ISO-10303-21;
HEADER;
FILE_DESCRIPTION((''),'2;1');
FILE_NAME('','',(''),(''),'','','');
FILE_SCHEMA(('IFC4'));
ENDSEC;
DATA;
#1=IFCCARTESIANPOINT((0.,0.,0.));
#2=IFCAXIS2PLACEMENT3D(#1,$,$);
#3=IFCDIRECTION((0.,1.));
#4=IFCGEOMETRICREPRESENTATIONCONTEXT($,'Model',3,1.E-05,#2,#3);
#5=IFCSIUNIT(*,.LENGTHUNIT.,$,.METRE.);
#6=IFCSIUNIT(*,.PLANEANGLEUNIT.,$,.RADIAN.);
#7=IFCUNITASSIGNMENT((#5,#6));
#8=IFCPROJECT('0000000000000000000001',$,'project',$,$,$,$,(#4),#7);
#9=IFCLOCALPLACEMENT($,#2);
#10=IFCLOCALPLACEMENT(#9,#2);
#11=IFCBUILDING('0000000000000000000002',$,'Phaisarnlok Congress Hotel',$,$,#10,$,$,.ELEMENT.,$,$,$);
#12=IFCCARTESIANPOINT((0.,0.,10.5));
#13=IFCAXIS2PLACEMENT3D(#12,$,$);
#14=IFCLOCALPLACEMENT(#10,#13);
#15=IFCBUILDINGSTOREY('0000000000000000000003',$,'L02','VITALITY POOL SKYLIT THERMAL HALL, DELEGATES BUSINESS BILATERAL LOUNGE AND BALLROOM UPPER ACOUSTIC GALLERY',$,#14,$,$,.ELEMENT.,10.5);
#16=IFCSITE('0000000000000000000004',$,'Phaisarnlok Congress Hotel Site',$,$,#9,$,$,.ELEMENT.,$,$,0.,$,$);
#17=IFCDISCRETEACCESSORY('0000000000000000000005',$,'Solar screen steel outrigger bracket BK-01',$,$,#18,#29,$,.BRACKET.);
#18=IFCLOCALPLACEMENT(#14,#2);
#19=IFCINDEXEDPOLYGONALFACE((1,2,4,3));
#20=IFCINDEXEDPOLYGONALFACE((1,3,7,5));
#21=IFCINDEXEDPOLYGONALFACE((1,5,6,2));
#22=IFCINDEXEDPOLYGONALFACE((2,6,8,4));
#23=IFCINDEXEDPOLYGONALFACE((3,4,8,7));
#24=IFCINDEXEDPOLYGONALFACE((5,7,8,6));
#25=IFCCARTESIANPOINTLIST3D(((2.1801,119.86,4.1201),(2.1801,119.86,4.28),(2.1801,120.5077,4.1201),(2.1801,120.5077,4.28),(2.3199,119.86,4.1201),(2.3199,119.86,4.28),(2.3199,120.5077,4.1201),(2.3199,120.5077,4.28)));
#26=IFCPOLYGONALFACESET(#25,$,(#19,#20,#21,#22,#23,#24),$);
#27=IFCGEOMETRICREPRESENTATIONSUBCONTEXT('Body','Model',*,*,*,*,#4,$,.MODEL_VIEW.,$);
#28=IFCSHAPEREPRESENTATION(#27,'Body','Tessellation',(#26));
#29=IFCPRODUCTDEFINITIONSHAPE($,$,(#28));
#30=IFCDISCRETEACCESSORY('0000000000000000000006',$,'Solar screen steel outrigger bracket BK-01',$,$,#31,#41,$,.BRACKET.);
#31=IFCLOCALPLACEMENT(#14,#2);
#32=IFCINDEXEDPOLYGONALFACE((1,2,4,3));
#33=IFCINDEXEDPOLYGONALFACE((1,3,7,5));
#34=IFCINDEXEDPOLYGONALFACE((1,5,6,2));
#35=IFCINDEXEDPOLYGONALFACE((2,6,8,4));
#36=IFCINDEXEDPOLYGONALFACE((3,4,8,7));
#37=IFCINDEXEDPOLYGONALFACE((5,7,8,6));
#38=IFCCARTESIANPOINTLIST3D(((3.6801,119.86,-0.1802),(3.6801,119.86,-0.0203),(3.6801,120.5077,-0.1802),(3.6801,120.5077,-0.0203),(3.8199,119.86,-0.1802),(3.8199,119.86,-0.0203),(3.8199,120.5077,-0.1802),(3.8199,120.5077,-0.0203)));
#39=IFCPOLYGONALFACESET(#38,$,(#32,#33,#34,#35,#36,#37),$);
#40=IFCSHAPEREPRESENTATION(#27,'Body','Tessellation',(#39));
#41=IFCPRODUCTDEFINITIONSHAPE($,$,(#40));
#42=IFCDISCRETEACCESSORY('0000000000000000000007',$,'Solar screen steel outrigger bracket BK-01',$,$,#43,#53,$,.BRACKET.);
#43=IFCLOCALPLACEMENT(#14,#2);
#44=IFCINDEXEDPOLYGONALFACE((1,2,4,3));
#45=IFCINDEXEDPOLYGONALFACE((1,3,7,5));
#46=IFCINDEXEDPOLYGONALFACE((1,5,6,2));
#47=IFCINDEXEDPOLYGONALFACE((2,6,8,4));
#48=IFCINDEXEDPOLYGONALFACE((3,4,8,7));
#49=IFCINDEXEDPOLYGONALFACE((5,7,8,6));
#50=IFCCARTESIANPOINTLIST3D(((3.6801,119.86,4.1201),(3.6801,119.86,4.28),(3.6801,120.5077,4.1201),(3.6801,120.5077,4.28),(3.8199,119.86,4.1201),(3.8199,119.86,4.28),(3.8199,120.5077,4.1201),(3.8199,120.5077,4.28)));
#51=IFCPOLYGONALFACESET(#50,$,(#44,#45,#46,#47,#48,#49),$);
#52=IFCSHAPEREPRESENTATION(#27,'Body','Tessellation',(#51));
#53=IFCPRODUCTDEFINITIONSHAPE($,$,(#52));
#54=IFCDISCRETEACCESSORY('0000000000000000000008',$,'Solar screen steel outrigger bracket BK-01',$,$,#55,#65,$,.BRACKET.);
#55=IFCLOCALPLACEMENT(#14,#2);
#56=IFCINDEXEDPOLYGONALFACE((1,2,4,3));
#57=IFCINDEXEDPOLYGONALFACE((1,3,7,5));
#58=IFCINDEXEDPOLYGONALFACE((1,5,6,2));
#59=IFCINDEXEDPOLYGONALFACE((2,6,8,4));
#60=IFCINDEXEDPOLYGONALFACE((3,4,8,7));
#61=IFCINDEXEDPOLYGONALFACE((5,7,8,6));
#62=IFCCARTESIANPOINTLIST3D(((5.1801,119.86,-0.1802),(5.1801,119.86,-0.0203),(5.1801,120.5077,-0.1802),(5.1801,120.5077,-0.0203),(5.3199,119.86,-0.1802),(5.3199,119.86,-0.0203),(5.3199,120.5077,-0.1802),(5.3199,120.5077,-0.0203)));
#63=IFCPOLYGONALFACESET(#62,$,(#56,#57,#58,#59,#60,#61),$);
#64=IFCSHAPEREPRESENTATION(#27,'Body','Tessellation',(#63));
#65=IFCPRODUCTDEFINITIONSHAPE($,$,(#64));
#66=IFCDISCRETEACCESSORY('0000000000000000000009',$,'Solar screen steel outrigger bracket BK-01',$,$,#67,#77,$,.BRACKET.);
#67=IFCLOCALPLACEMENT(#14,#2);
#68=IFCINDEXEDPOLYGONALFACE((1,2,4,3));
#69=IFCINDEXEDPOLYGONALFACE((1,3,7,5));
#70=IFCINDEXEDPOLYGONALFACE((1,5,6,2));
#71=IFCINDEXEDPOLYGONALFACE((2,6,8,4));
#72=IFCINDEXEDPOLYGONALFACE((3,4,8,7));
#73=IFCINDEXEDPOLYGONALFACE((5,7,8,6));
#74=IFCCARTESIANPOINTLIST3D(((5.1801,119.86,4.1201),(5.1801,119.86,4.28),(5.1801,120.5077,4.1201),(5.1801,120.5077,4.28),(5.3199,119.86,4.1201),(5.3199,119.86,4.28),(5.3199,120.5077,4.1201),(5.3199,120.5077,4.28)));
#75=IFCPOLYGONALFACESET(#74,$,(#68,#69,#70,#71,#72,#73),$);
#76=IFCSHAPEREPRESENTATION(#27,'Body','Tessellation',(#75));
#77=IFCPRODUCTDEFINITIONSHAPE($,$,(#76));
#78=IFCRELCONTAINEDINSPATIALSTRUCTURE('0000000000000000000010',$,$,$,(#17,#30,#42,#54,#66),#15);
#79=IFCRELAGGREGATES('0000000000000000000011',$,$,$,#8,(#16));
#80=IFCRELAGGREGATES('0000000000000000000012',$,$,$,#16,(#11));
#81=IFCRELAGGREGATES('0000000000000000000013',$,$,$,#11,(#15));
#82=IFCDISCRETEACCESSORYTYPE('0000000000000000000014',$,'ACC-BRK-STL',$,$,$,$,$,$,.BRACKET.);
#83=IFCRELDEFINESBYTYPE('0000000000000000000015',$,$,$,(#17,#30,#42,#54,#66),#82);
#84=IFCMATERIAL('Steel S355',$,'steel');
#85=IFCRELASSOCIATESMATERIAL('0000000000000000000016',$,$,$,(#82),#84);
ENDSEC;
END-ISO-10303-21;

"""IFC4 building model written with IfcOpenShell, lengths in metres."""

from ifc_helpers import new_model, si_unit, direction, frame, origin, origin_2d, place, context, subcontext, project, spatial, rectangle, extrude, material, type_object, element, save


model = new_model("IFC4")

# Units and contexts
model_context = context("Model", 3, precision=1e-05, world=origin(), true_north=direction((0.0, 1.0)))
body_context = subcontext(model_context, "Body", "Model", "MODEL_VIEW")
ifc_project = project(units=[si_unit("LENGTHUNIT", "METRE"), si_unit("PLANEANGLEUNIT", "RADIAN")], contexts=[model_context])

# Site, building, storey
site_placement = place(None, origin())
site = spatial("IfcSite", under=ifc_project, at=site_placement, Name="Phaisarnlok Congress Hotel Site", CompositionType="ELEMENT", RefElevation=0.0)
building_placement = place(site_placement, origin())
building = spatial("IfcBuilding", under=site, at=building_placement, Name="Phaisarnlok Congress Hotel", CompositionType="ELEMENT")
storey_placement = place(building_placement, frame((0.0, 0.0, 10.5)))
storey = spatial("IfcBuildingStorey", under=building, at=storey_placement, Name="L02", Description="VITALITY POOL SKYLIT THERMAL HALL, DELEGATES BUSINESS BILATERAL LOUNGE AND BALLROOM UPPER ACOUSTIC GALLERY", CompositionType="ELEMENT", Elevation=10.5)

# Discrete accessories
ifc_material_1 = material(Name="Steel S355", Category="steel")
discrete_accessory_type = type_object("IfcDiscreteAccessoryType", Name="ACC-BRK-STL", PredefinedType="BRACKET", material=ifc_material_1)
for number, where, z_axis, x_axis, name in (
    (1, (2.25, 120.1838, 4.1201), (0.0, 0.0, 1.0), (1.0, 0.0, 0.0), "Solar screen steel outrigger bracket BK-01"),
    (2, (3.75, 120.1838, -0.1802), (0.0, 0.0, 1.0), (1.0, 0.0, 0.0), "Solar screen steel outrigger bracket BK-01"),
    (3, (3.75, 120.1838, 4.1201), (0.0, 0.0, 1.0), (1.0, 0.0, 0.0), "Solar screen steel outrigger bracket BK-01"),
    (4, (5.25, 120.1838, -0.1802), (0.0, 0.0, 1.0), (1.0, 0.0, 0.0), "Solar screen steel outrigger bracket BK-01"),
    (5, (5.25, 120.1838, 4.1201), (0.0, 0.0, 1.0), (1.0, 0.0, 0.0), "Solar screen steel outrigger bracket BK-01"),
):
    element("IfcDiscreteAccessory", number, at=place(storey_placement, frame(where, z_axis=z_axis, x_axis=x_axis)), inside=storey, type_object=discrete_accessory_type, Name=name, PredefinedType="BRACKET", context=body_context, shape_type="SweptSolid", body=[
        extrude(rectangle(XDim=0.1399, YDim=0.6477, at=origin_2d()), origin(), (0.0, 0.0, 1.0), 0.1599),
    ])

save(model, "model.ifc")
